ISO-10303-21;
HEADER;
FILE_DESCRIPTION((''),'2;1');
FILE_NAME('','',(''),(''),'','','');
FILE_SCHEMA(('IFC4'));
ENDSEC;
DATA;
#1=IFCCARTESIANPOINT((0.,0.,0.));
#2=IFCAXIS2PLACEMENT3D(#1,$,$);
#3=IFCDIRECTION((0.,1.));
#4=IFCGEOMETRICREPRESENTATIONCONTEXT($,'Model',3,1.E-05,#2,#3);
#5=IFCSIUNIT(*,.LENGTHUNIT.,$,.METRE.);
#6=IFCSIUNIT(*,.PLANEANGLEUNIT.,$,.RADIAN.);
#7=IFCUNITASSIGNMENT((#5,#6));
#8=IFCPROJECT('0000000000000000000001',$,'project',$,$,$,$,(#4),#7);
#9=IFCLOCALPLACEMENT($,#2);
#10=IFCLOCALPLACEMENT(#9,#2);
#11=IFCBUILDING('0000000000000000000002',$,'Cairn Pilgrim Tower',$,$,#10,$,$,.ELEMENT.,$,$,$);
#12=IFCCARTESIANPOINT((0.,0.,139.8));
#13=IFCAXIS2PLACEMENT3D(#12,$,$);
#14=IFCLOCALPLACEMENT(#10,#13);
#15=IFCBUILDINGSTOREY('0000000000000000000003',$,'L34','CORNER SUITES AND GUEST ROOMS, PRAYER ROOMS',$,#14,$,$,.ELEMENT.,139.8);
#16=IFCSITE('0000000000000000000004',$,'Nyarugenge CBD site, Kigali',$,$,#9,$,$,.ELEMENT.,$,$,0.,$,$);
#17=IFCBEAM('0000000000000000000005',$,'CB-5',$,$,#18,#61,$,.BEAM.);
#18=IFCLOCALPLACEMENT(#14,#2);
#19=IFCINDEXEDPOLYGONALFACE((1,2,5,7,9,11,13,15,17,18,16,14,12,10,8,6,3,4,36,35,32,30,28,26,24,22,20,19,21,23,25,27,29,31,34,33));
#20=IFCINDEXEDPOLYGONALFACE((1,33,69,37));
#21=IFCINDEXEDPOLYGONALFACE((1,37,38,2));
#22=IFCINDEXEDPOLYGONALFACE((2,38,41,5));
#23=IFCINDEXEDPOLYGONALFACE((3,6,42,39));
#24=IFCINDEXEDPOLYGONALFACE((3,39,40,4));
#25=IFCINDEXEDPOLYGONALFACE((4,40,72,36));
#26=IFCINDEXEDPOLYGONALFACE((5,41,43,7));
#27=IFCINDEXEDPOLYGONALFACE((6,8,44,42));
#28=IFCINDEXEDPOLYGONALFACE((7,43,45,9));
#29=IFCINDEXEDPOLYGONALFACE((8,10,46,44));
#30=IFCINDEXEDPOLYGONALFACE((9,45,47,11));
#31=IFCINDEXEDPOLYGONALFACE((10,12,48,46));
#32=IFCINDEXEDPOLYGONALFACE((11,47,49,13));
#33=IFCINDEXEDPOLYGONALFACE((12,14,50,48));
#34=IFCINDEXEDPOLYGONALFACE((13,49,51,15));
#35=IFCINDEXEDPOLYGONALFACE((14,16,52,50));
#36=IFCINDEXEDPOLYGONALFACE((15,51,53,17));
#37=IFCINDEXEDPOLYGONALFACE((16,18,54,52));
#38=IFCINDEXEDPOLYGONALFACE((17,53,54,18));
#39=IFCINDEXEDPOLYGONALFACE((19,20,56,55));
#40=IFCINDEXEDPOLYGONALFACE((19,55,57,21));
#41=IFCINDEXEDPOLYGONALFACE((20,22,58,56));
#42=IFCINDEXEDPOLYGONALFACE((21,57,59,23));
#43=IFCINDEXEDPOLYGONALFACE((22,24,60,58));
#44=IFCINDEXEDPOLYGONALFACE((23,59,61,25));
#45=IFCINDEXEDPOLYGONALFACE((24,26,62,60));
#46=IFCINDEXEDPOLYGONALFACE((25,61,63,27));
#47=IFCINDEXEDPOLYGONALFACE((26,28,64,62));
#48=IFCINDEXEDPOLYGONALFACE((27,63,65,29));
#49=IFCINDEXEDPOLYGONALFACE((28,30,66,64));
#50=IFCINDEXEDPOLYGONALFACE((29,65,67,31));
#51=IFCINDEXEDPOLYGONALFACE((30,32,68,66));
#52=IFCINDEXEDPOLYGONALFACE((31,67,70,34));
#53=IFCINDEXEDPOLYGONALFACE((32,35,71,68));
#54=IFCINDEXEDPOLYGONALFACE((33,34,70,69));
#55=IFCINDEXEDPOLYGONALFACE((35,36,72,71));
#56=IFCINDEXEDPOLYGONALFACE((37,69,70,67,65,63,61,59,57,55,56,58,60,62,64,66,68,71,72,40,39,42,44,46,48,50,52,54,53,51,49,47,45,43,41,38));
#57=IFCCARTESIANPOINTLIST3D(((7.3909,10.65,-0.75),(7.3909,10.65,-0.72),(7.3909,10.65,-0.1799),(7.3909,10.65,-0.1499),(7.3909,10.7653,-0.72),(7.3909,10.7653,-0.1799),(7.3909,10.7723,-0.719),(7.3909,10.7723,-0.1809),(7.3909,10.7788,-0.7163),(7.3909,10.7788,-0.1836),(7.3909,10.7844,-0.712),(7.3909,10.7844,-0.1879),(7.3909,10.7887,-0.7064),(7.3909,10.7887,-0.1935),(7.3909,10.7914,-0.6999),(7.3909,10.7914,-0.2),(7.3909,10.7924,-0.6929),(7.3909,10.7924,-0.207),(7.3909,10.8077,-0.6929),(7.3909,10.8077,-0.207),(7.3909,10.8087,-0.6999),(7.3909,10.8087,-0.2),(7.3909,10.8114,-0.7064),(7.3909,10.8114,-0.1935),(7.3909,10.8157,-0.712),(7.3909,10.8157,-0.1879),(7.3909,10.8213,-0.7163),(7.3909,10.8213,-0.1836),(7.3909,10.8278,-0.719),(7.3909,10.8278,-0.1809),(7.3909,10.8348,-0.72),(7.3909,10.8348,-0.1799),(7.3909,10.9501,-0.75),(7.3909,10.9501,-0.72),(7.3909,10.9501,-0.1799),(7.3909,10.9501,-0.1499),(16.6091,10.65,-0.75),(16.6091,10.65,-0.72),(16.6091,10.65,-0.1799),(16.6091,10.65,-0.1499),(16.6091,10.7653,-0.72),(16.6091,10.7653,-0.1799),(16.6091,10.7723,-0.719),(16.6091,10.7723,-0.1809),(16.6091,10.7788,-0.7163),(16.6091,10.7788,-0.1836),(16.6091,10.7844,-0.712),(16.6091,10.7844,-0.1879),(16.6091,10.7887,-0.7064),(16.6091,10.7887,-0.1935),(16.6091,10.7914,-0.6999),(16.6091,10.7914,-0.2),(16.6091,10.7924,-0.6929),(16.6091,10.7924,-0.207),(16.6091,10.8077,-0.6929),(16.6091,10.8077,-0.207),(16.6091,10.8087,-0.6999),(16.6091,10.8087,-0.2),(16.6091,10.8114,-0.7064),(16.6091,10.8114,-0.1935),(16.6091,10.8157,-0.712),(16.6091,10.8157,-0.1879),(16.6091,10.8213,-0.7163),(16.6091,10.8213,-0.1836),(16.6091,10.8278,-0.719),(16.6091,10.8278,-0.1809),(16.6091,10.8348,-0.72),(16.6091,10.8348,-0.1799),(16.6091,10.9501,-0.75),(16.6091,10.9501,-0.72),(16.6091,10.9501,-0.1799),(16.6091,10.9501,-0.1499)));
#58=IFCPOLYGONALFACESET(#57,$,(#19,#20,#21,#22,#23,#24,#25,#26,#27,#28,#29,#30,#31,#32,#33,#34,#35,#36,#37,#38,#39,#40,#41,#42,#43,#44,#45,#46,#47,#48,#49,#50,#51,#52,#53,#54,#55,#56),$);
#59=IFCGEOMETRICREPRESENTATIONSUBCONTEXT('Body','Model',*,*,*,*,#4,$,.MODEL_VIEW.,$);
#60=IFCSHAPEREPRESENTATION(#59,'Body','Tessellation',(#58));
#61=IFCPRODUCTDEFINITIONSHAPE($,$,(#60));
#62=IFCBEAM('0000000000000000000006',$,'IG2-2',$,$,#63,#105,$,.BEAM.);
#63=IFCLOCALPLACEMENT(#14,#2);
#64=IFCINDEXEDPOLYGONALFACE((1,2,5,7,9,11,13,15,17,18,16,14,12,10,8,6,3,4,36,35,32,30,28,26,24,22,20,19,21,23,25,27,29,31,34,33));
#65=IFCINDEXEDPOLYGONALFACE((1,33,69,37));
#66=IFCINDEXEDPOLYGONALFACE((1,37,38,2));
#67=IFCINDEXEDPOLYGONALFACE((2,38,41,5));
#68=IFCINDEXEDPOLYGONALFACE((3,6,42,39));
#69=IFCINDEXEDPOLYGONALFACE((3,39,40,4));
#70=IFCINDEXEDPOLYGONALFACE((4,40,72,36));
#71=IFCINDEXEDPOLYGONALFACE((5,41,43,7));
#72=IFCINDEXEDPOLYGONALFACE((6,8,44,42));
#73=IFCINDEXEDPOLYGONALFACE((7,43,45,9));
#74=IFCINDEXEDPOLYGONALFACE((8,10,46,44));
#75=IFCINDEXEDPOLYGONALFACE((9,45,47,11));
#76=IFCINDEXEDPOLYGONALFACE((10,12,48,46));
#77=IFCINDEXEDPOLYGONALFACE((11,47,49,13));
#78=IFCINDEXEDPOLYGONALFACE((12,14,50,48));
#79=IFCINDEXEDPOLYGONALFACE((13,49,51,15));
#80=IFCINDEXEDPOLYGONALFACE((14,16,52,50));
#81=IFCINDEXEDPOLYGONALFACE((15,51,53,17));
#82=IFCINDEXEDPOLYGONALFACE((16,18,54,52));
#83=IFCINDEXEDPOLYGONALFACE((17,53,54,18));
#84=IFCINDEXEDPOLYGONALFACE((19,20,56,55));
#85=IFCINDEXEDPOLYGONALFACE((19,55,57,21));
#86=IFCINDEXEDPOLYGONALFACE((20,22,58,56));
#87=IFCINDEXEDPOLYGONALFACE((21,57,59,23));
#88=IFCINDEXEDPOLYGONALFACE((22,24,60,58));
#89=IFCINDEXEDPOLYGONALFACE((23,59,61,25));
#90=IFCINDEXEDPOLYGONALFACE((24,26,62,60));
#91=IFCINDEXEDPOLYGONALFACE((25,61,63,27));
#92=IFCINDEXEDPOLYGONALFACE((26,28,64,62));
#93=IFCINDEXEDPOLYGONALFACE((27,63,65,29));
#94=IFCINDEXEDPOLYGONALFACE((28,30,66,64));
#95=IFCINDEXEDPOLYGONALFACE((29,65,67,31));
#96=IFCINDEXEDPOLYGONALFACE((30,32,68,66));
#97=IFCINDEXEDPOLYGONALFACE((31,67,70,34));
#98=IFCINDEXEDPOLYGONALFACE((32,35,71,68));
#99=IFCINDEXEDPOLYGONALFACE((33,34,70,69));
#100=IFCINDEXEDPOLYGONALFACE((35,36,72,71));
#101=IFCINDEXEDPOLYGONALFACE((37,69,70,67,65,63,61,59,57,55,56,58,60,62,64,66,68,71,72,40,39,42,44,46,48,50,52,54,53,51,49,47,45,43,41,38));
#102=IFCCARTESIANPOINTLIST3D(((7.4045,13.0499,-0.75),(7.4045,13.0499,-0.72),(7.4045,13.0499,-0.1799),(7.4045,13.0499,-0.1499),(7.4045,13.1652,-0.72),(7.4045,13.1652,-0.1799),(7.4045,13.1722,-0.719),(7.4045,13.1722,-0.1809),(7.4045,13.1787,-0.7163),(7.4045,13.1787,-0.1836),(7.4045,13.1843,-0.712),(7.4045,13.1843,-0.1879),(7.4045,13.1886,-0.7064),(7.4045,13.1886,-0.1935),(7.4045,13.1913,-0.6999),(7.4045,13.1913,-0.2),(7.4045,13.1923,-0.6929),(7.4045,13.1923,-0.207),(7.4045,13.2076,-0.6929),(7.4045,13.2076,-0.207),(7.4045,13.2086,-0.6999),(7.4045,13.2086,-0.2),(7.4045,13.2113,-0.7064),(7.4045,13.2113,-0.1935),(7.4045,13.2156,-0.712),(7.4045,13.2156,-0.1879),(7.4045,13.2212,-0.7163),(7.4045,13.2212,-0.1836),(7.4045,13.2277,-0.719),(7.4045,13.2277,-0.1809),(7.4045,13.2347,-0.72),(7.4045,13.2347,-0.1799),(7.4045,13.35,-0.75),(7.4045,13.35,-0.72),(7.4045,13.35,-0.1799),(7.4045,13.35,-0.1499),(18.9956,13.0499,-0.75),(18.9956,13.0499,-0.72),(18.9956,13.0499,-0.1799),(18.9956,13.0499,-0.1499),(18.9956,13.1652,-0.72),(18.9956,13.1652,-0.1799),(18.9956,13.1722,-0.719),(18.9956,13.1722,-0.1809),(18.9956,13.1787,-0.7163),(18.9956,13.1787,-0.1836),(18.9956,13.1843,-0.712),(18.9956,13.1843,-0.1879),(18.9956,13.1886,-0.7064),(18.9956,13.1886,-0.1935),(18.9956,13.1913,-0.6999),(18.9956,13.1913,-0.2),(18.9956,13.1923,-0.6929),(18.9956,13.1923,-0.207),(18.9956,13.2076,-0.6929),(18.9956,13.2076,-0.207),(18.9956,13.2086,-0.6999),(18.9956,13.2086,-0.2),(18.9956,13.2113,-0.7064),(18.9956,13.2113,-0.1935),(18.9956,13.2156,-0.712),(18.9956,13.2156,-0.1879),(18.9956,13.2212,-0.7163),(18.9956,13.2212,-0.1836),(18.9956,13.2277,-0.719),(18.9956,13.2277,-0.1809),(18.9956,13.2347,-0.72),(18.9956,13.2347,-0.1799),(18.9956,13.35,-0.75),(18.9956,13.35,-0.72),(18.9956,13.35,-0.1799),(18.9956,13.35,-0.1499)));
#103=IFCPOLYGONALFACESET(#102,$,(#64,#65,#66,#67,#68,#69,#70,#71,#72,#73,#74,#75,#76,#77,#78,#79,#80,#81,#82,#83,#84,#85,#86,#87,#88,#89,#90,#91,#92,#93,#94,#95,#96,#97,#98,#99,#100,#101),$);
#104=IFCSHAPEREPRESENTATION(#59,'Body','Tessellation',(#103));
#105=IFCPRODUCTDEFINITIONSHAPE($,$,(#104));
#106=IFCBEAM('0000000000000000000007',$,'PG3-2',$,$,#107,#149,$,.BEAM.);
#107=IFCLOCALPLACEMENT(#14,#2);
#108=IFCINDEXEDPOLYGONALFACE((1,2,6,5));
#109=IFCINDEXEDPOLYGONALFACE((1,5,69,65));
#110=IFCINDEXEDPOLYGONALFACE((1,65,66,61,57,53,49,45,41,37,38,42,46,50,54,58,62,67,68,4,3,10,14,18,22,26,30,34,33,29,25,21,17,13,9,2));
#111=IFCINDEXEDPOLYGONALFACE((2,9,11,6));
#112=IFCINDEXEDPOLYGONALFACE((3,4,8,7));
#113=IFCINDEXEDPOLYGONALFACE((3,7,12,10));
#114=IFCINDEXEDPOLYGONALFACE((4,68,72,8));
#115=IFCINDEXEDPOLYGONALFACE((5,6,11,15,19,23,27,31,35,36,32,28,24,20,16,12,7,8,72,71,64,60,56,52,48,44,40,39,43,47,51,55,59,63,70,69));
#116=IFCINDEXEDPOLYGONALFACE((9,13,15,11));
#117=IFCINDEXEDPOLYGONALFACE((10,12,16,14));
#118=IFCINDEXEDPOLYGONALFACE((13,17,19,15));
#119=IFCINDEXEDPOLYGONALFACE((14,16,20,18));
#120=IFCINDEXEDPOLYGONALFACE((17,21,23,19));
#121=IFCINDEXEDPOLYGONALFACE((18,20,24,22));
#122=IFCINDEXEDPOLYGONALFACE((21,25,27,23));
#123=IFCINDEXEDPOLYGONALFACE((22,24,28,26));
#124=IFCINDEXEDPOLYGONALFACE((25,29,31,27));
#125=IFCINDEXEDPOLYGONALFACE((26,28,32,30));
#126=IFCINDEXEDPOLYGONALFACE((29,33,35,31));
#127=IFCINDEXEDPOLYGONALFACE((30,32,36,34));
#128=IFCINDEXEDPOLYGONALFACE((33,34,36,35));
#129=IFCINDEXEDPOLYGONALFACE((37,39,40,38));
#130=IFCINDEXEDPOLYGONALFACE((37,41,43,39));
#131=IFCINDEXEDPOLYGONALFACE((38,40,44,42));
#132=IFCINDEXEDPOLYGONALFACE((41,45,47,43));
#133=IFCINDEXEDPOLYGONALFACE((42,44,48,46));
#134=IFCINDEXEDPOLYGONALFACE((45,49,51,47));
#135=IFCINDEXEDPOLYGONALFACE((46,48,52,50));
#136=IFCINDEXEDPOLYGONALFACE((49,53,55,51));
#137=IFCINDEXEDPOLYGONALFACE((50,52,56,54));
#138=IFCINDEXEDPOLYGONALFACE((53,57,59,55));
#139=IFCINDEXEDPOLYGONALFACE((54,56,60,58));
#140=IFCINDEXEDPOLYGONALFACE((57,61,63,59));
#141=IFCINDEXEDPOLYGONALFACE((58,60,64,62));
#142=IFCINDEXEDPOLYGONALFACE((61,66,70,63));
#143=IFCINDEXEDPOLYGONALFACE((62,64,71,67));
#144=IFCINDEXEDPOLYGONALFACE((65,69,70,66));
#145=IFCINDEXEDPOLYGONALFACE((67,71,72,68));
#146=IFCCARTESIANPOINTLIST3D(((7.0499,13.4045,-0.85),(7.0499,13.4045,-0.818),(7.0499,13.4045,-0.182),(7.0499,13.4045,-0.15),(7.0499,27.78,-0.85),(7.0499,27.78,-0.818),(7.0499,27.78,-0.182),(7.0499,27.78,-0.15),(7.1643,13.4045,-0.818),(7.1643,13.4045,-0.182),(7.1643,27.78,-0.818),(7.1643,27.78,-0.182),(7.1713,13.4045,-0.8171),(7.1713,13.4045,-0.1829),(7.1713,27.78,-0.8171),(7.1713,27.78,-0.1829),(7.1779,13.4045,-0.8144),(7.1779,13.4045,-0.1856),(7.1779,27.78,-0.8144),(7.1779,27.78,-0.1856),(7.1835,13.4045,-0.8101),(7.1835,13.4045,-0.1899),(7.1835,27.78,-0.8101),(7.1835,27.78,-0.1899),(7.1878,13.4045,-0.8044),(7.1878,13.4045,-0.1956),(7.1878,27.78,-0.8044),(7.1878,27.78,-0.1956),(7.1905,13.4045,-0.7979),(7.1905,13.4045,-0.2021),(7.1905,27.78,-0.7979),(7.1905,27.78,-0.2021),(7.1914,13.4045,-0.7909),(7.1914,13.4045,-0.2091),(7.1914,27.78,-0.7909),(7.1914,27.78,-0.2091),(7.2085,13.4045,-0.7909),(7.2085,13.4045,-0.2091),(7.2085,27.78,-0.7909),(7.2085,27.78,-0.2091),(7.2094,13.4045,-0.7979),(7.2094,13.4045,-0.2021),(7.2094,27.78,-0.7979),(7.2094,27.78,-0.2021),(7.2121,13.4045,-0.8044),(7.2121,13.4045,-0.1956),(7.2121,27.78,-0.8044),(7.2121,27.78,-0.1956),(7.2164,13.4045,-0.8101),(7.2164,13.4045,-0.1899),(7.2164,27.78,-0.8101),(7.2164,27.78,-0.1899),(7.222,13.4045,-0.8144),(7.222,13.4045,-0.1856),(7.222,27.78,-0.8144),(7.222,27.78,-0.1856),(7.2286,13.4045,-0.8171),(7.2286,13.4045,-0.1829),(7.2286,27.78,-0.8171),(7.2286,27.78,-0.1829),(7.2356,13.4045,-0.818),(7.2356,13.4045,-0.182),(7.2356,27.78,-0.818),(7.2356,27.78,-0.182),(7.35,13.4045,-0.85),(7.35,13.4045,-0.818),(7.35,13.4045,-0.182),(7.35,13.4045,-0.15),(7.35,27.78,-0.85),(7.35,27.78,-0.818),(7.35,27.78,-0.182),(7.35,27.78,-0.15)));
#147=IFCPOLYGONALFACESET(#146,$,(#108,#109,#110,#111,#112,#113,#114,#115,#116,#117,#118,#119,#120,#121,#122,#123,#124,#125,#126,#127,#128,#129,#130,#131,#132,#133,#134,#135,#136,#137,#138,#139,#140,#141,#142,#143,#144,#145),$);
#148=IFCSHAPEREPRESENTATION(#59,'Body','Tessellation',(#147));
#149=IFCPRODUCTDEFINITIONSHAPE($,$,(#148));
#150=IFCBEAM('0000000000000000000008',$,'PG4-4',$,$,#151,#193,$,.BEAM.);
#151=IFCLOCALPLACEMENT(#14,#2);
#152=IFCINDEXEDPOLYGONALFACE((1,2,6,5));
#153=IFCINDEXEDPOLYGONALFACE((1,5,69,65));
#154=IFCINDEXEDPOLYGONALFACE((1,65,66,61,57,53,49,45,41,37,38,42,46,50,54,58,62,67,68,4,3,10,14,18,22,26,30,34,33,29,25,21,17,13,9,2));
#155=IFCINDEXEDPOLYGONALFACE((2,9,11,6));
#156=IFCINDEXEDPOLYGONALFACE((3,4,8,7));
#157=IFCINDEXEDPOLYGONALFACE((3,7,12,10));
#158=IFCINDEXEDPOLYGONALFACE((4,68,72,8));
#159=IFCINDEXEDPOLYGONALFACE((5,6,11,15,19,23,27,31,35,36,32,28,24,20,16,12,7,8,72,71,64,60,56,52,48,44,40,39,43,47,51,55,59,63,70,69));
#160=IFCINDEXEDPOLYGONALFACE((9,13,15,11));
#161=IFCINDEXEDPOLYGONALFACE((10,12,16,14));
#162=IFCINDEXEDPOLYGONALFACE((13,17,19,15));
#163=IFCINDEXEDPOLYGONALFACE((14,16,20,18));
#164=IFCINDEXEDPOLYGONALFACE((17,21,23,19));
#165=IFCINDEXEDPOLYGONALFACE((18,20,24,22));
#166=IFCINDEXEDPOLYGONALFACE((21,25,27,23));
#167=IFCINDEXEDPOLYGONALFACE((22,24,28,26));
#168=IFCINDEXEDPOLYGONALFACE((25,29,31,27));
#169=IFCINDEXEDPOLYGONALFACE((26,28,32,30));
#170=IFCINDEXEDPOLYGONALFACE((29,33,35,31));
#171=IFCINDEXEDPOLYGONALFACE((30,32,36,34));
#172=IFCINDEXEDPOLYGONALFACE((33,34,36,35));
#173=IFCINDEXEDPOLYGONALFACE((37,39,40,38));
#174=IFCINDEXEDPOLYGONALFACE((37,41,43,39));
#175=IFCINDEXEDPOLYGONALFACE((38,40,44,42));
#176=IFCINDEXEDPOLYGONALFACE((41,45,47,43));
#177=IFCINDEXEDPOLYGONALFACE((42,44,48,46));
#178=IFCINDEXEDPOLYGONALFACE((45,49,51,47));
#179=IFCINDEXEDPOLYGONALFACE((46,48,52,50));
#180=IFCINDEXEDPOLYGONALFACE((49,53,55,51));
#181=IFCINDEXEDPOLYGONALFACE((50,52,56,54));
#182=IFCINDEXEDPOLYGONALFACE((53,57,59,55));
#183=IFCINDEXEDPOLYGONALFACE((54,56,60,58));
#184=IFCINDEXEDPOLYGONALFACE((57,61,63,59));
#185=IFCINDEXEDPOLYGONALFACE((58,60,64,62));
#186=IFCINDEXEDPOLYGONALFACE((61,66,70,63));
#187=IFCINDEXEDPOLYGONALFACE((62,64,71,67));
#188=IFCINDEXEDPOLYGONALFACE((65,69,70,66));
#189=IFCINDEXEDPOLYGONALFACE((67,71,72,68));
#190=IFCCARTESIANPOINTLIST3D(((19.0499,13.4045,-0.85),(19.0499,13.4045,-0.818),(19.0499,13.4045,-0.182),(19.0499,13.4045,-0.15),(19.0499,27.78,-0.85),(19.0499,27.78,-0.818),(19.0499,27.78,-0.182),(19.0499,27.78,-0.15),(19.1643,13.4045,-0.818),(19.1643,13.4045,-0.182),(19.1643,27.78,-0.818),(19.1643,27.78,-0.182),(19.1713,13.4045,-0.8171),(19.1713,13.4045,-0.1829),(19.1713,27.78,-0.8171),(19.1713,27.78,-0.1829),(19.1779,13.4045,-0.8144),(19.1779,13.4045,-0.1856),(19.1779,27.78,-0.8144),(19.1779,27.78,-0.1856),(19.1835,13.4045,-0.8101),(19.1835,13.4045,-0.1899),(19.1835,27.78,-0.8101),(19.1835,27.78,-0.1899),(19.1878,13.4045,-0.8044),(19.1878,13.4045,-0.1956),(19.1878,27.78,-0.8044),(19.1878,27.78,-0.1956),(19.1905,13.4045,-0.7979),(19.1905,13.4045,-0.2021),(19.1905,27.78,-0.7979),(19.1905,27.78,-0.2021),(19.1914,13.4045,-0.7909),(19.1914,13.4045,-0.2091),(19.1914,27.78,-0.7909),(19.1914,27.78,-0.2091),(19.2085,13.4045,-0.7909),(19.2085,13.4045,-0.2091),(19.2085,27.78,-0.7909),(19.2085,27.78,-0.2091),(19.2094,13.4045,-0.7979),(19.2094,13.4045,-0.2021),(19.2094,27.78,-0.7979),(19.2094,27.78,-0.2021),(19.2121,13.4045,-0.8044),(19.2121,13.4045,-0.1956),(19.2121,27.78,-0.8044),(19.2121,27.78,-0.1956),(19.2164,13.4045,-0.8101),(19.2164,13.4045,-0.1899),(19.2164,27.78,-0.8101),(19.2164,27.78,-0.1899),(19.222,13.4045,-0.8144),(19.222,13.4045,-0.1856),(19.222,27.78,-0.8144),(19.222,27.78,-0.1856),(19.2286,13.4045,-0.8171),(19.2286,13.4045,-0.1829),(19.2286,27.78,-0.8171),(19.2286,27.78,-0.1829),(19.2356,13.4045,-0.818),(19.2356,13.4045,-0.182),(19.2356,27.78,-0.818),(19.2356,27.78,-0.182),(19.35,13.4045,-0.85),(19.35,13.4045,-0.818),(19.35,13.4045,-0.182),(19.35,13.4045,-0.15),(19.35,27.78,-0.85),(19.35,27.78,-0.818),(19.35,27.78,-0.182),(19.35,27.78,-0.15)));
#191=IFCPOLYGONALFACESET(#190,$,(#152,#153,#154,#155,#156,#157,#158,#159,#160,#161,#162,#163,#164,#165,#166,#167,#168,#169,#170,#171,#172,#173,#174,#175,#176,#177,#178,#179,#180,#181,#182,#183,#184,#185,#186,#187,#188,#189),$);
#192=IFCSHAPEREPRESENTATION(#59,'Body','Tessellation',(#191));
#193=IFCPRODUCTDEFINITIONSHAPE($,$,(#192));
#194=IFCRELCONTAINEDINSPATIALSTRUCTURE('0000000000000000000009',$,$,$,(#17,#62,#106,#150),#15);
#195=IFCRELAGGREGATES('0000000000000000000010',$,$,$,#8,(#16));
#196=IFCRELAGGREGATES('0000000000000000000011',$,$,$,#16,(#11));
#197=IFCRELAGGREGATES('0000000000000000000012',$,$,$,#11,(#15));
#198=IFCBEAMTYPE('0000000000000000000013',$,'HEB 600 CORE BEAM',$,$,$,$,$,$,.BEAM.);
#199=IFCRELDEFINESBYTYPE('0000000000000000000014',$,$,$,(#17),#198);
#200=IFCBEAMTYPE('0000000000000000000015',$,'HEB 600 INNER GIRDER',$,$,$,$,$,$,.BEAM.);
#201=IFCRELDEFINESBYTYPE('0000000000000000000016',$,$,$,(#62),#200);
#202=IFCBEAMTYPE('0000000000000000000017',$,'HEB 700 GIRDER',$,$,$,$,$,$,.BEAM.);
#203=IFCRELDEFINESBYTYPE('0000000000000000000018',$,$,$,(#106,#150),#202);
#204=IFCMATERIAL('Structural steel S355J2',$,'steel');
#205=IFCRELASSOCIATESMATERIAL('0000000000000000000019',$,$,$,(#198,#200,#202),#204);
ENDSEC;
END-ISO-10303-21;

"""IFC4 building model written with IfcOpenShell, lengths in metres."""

from ifc_helpers import new_model, si_unit, direction, frame, origin, origin_2d, place, context, subcontext, project, spatial, i_section, extrude, material, material_profile, profile_set, type_object, element, save


model = new_model("IFC4")

# Units and contexts
model_context = context("Model", 3, precision=1e-05, world=origin(), true_north=direction((0.0, 1.0)))
body_context = subcontext(model_context, "Body", "Model", "MODEL_VIEW")
ifc_project = project(units=[si_unit("LENGTHUNIT", "METRE"), si_unit("PLANEANGLEUNIT", "RADIAN")], contexts=[model_context])

# Site, building, storey
site_placement = place(None, origin())
site = spatial("IfcSite", under=ifc_project, at=site_placement, Name="Nyarugenge CBD site, Kigali", CompositionType="ELEMENT", RefElevation=0.0)
building_placement = place(site_placement, origin())
building = spatial("IfcBuilding", under=site, at=building_placement, Name="Cairn Pilgrim Tower", CompositionType="ELEMENT")
storey_placement = place(building_placement, frame((0.0, 0.0, 139.8)))
storey = spatial("IfcBuildingStorey", under=building, at=storey_placement, Name="L34", Description="CORNER SUITES AND GUEST ROOMS, PRAYER ROOMS", CompositionType="ELEMENT", Elevation=139.8)

# Beams
ifc_material_1 = material(Name="Structural steel S355J2", Category="steel")
ifc_material_profile_1 = material_profile(ifc_material_1, i_section(OverallWidth=0.3, OverallDepth=0.6001, WebThickness=0.0154, FlangeThickness=0.03, FilletRadius=0.0271, at=origin_2d()), Name="HEB 600")
ifc_profile_set_1 = profile_set([ifc_material_profile_1], Name="Structural steel S355J2")
beam_type_1 = type_object("IfcBeamType", Name="HEB 600 CORE BEAM", PredefinedType="BEAM", material=ifc_profile_set_1)
beam_1_placement = place(storey_placement, frame((16.6091, 10.8, -0.45), z_axis=(-1.0, 0.0, 0.0), x_axis=(0.0, -1.0, 0.0)))
element("IfcBeam", 1, at=beam_1_placement, inside=storey, type_object=beam_type_1, Name="CB-5", PredefinedType="BEAM", context=body_context, shape_type="SweptSolid", body=[
    extrude(i_section(OverallWidth=0.3, OverallDepth=0.6001, WebThickness=0.0154, FlangeThickness=0.03, FilletRadius=0.0271, at=origin_2d()), origin(), (0.0, 0.0, 1.0), 9.2183),
])
ifc_material_profile_2 = material_profile(ifc_material_1, i_section(OverallWidth=0.3, OverallDepth=0.6001, WebThickness=0.0154, FlangeThickness=0.03, FilletRadius=0.0271, at=origin_2d()), Name="HEB 600")
ifc_profile_set_2 = profile_set([ifc_material_profile_2], Name="Structural steel S355J2")
beam_type_2 = type_object("IfcBeamType", Name="HEB 600 INNER GIRDER", PredefinedType="BEAM", material=ifc_profile_set_2)
beam_2_placement = place(storey_placement, frame((7.4045, 13.2, -0.45), z_axis=(1.0, 0.0, 0.0), x_axis=(0.0, 1.0, 0.0)))
element("IfcBeam", 2, at=beam_2_placement, inside=storey, type_object=beam_type_2, Name="IG2-2", PredefinedType="BEAM", context=body_context, shape_type="SweptSolid", body=[
    extrude(i_section(OverallWidth=0.3, OverallDepth=0.6001, WebThickness=0.0154, FlangeThickness=0.03, FilletRadius=0.0271, at=origin_2d()), origin(), (0.0, 0.0, 1.0), 11.5911),
])
ifc_material_profile_3 = material_profile(ifc_material_1, i_section(OverallWidth=0.3, OverallDepth=0.7, WebThickness=0.0171, FlangeThickness=0.032, FilletRadius=0.0271, at=origin_2d()), Name="HEB 700")
ifc_profile_set_3 = profile_set([ifc_material_profile_3], Name="Structural steel S355J2")
beam_type_3 = type_object("IfcBeamType", Name="HEB 700 GIRDER", PredefinedType="BEAM", material=ifc_profile_set_3)
for number, where, z_axis, x_axis, name in (
    (3, (7.2, 13.4045, -0.5), (0.0, 1.0, 0.0), (-1.0, 0.0, 0.0), "PG3-2"),
    (4, (19.2, 13.4045, -0.5), (0.0, 1.0, 0.0), (-1.0, 0.0, 0.0), "PG4-4"),
):
    element("IfcBeam", number, at=place(storey_placement, frame(where, z_axis=z_axis, x_axis=x_axis)), inside=storey, type_object=beam_type_3, Name=name, PredefinedType="BEAM", context=body_context, shape_type="SweptSolid", body=[
        extrude(i_section(OverallWidth=0.3, OverallDepth=0.7, WebThickness=0.0171, FlangeThickness=0.032, FilletRadius=0.0271, at=origin_2d()), origin(), (0.0, 0.0, 1.0), 14.3755),
    ])

save(model, "model.ifc")
